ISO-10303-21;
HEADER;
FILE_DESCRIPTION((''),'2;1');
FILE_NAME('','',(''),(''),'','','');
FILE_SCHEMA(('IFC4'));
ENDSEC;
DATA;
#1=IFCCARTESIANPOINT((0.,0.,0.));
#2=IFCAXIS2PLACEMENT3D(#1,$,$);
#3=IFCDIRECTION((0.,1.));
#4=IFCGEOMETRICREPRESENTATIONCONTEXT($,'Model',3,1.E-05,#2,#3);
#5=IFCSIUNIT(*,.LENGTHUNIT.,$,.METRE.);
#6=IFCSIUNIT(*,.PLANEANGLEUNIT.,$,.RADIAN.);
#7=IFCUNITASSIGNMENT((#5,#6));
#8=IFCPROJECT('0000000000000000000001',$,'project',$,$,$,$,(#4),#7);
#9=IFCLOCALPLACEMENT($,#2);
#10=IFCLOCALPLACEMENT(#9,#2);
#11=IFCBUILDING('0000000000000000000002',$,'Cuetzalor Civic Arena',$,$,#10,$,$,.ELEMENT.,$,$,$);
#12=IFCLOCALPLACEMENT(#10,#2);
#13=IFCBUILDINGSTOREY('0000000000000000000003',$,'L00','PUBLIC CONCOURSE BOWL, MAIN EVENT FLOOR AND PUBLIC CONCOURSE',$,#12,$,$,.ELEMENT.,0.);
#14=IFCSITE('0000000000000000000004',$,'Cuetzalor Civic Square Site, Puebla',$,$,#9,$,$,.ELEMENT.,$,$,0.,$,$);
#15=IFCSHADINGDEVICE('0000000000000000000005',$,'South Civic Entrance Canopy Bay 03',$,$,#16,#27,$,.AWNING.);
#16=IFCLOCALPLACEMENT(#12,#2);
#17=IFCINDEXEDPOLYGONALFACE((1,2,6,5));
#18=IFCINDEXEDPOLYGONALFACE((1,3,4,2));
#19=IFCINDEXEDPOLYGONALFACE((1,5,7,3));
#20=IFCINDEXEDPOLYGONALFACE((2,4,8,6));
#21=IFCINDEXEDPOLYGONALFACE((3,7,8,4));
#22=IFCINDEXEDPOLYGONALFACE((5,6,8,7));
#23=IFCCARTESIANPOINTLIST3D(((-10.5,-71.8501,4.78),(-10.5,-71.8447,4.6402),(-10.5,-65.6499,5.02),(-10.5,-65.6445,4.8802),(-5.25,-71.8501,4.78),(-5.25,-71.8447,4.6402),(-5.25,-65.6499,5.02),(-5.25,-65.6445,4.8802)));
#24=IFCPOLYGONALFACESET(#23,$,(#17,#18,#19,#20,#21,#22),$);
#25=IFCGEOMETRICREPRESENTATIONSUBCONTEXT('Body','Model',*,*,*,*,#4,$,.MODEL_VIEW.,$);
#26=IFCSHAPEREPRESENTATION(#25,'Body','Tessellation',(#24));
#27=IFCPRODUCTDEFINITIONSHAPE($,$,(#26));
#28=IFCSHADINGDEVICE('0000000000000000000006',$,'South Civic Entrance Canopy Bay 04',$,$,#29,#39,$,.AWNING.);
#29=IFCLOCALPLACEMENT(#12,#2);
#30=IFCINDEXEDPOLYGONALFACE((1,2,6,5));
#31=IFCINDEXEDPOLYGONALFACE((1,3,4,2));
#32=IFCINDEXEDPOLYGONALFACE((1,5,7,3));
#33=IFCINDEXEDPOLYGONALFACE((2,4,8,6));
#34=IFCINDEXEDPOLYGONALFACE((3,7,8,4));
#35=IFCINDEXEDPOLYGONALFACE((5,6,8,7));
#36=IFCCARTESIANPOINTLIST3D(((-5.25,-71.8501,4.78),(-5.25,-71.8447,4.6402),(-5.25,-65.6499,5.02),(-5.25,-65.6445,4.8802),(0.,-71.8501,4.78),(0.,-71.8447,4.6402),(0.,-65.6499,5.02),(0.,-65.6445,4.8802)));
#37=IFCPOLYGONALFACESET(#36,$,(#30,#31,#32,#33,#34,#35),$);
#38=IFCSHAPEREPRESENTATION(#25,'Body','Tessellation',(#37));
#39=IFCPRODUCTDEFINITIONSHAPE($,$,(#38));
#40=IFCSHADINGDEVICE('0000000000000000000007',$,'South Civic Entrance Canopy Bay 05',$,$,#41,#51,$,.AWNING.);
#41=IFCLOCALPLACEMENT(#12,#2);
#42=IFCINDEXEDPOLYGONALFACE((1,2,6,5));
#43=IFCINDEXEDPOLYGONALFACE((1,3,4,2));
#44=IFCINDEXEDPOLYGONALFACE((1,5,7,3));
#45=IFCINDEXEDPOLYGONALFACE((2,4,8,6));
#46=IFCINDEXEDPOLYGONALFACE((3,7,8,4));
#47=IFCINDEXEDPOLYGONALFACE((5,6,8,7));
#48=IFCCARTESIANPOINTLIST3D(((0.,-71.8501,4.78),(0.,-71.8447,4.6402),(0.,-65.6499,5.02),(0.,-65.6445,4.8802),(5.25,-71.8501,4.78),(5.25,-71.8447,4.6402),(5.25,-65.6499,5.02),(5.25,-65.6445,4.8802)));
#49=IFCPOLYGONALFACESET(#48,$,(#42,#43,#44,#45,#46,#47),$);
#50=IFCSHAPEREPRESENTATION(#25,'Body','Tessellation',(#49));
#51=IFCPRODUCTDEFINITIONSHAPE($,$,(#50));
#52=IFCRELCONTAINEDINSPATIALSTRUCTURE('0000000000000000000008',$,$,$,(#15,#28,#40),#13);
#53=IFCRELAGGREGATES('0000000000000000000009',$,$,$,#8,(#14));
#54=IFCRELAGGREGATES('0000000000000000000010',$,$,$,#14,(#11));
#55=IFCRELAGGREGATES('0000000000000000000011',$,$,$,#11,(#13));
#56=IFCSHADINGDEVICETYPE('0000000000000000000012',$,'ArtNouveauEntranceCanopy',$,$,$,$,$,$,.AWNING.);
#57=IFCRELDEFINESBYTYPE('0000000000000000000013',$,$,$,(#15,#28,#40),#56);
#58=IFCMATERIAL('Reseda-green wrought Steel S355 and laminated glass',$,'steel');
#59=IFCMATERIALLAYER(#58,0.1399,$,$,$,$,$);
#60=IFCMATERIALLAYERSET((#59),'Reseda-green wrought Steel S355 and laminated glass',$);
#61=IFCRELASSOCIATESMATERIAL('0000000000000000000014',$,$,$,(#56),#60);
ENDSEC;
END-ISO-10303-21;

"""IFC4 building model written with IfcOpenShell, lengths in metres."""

from ifc_helpers import new_model, si_unit, direction, frame, origin, place, context, subcontext, project, spatial, polyline, outline, extrude, material, layer, layer_set, type_object, element, save


model = new_model("IFC4")

# Units and contexts
model_context = context("Model", 3, precision=1e-05, world=origin(), true_north=direction((0.0, 1.0)))
body_context = subcontext(model_context, "Body", "Model", "MODEL_VIEW")
ifc_project = project(units=[si_unit("LENGTHUNIT", "METRE"), si_unit("PLANEANGLEUNIT", "RADIAN")], contexts=[model_context])

# Site, building, storey
site_placement = place(None, origin())
site = spatial("IfcSite", under=ifc_project, at=site_placement, Name="Cuetzalor Civic Square Site, Puebla", CompositionType="ELEMENT", RefElevation=0.0)
building_placement = place(site_placement, origin())
building = spatial("IfcBuilding", under=site, at=building_placement, Name="Cuetzalor Civic Arena", CompositionType="ELEMENT")
storey_placement = place(building_placement, origin())
storey = spatial("IfcBuildingStorey", under=building, at=storey_placement, Name="L00", Description="PUBLIC CONCOURSE BOWL, MAIN EVENT FLOOR AND PUBLIC CONCOURSE", CompositionType="ELEMENT", Elevation=0.0)

# Shading devices
ifc_material_1 = material(Name="Reseda-green wrought Steel S355 and laminated glass", Category="steel")
ifc_layer_1 = layer(ifc_material_1, 0.1399)
ifc_layer_set_1 = layer_set([ifc_layer_1], Name="Reseda-green wrought Steel S355 and laminated glass")
shading_device_type = type_object("IfcShadingDeviceType", Name="ArtNouveauEntranceCanopy", PredefinedType="AWNING", material=ifc_layer_set_1)
for number, where, z_axis, x_axis, name in (
    (1, (-10.5, -65.6499, 5.02), (0.0, -0.038678, 0.999252), (1.0, 0.0, 0.0), "South Civic Entrance Canopy Bay 03"),
    (2, (-5.25, -65.6499, 5.02), (0.0, -0.038678, 0.999252), (1.0, 0.0, 0.0), "South Civic Entrance Canopy Bay 04"),
    (3, (0.0, -65.6499, 5.02), (0.0, -0.038678, 0.999252), (1.0, 0.0, 0.0), "South Civic Entrance Canopy Bay 05"),
):
    element("IfcShadingDevice", number, at=place(storey_placement, frame(where, z_axis=z_axis, x_axis=x_axis)), inside=storey, type_object=shading_device_type, Name=name, PredefinedType="AWNING", context=body_context, shape_type="SweptSolid", body=[
        extrude(outline(polyline([(0.0, 0.0), (5.25, 0.0), (5.25, -6.2048), (0.0, -6.2048), (0.0, 0.0)])), origin(), (0.0, 0.0, -1.0), 0.1399),
    ])

save(model, "model.ifc")
